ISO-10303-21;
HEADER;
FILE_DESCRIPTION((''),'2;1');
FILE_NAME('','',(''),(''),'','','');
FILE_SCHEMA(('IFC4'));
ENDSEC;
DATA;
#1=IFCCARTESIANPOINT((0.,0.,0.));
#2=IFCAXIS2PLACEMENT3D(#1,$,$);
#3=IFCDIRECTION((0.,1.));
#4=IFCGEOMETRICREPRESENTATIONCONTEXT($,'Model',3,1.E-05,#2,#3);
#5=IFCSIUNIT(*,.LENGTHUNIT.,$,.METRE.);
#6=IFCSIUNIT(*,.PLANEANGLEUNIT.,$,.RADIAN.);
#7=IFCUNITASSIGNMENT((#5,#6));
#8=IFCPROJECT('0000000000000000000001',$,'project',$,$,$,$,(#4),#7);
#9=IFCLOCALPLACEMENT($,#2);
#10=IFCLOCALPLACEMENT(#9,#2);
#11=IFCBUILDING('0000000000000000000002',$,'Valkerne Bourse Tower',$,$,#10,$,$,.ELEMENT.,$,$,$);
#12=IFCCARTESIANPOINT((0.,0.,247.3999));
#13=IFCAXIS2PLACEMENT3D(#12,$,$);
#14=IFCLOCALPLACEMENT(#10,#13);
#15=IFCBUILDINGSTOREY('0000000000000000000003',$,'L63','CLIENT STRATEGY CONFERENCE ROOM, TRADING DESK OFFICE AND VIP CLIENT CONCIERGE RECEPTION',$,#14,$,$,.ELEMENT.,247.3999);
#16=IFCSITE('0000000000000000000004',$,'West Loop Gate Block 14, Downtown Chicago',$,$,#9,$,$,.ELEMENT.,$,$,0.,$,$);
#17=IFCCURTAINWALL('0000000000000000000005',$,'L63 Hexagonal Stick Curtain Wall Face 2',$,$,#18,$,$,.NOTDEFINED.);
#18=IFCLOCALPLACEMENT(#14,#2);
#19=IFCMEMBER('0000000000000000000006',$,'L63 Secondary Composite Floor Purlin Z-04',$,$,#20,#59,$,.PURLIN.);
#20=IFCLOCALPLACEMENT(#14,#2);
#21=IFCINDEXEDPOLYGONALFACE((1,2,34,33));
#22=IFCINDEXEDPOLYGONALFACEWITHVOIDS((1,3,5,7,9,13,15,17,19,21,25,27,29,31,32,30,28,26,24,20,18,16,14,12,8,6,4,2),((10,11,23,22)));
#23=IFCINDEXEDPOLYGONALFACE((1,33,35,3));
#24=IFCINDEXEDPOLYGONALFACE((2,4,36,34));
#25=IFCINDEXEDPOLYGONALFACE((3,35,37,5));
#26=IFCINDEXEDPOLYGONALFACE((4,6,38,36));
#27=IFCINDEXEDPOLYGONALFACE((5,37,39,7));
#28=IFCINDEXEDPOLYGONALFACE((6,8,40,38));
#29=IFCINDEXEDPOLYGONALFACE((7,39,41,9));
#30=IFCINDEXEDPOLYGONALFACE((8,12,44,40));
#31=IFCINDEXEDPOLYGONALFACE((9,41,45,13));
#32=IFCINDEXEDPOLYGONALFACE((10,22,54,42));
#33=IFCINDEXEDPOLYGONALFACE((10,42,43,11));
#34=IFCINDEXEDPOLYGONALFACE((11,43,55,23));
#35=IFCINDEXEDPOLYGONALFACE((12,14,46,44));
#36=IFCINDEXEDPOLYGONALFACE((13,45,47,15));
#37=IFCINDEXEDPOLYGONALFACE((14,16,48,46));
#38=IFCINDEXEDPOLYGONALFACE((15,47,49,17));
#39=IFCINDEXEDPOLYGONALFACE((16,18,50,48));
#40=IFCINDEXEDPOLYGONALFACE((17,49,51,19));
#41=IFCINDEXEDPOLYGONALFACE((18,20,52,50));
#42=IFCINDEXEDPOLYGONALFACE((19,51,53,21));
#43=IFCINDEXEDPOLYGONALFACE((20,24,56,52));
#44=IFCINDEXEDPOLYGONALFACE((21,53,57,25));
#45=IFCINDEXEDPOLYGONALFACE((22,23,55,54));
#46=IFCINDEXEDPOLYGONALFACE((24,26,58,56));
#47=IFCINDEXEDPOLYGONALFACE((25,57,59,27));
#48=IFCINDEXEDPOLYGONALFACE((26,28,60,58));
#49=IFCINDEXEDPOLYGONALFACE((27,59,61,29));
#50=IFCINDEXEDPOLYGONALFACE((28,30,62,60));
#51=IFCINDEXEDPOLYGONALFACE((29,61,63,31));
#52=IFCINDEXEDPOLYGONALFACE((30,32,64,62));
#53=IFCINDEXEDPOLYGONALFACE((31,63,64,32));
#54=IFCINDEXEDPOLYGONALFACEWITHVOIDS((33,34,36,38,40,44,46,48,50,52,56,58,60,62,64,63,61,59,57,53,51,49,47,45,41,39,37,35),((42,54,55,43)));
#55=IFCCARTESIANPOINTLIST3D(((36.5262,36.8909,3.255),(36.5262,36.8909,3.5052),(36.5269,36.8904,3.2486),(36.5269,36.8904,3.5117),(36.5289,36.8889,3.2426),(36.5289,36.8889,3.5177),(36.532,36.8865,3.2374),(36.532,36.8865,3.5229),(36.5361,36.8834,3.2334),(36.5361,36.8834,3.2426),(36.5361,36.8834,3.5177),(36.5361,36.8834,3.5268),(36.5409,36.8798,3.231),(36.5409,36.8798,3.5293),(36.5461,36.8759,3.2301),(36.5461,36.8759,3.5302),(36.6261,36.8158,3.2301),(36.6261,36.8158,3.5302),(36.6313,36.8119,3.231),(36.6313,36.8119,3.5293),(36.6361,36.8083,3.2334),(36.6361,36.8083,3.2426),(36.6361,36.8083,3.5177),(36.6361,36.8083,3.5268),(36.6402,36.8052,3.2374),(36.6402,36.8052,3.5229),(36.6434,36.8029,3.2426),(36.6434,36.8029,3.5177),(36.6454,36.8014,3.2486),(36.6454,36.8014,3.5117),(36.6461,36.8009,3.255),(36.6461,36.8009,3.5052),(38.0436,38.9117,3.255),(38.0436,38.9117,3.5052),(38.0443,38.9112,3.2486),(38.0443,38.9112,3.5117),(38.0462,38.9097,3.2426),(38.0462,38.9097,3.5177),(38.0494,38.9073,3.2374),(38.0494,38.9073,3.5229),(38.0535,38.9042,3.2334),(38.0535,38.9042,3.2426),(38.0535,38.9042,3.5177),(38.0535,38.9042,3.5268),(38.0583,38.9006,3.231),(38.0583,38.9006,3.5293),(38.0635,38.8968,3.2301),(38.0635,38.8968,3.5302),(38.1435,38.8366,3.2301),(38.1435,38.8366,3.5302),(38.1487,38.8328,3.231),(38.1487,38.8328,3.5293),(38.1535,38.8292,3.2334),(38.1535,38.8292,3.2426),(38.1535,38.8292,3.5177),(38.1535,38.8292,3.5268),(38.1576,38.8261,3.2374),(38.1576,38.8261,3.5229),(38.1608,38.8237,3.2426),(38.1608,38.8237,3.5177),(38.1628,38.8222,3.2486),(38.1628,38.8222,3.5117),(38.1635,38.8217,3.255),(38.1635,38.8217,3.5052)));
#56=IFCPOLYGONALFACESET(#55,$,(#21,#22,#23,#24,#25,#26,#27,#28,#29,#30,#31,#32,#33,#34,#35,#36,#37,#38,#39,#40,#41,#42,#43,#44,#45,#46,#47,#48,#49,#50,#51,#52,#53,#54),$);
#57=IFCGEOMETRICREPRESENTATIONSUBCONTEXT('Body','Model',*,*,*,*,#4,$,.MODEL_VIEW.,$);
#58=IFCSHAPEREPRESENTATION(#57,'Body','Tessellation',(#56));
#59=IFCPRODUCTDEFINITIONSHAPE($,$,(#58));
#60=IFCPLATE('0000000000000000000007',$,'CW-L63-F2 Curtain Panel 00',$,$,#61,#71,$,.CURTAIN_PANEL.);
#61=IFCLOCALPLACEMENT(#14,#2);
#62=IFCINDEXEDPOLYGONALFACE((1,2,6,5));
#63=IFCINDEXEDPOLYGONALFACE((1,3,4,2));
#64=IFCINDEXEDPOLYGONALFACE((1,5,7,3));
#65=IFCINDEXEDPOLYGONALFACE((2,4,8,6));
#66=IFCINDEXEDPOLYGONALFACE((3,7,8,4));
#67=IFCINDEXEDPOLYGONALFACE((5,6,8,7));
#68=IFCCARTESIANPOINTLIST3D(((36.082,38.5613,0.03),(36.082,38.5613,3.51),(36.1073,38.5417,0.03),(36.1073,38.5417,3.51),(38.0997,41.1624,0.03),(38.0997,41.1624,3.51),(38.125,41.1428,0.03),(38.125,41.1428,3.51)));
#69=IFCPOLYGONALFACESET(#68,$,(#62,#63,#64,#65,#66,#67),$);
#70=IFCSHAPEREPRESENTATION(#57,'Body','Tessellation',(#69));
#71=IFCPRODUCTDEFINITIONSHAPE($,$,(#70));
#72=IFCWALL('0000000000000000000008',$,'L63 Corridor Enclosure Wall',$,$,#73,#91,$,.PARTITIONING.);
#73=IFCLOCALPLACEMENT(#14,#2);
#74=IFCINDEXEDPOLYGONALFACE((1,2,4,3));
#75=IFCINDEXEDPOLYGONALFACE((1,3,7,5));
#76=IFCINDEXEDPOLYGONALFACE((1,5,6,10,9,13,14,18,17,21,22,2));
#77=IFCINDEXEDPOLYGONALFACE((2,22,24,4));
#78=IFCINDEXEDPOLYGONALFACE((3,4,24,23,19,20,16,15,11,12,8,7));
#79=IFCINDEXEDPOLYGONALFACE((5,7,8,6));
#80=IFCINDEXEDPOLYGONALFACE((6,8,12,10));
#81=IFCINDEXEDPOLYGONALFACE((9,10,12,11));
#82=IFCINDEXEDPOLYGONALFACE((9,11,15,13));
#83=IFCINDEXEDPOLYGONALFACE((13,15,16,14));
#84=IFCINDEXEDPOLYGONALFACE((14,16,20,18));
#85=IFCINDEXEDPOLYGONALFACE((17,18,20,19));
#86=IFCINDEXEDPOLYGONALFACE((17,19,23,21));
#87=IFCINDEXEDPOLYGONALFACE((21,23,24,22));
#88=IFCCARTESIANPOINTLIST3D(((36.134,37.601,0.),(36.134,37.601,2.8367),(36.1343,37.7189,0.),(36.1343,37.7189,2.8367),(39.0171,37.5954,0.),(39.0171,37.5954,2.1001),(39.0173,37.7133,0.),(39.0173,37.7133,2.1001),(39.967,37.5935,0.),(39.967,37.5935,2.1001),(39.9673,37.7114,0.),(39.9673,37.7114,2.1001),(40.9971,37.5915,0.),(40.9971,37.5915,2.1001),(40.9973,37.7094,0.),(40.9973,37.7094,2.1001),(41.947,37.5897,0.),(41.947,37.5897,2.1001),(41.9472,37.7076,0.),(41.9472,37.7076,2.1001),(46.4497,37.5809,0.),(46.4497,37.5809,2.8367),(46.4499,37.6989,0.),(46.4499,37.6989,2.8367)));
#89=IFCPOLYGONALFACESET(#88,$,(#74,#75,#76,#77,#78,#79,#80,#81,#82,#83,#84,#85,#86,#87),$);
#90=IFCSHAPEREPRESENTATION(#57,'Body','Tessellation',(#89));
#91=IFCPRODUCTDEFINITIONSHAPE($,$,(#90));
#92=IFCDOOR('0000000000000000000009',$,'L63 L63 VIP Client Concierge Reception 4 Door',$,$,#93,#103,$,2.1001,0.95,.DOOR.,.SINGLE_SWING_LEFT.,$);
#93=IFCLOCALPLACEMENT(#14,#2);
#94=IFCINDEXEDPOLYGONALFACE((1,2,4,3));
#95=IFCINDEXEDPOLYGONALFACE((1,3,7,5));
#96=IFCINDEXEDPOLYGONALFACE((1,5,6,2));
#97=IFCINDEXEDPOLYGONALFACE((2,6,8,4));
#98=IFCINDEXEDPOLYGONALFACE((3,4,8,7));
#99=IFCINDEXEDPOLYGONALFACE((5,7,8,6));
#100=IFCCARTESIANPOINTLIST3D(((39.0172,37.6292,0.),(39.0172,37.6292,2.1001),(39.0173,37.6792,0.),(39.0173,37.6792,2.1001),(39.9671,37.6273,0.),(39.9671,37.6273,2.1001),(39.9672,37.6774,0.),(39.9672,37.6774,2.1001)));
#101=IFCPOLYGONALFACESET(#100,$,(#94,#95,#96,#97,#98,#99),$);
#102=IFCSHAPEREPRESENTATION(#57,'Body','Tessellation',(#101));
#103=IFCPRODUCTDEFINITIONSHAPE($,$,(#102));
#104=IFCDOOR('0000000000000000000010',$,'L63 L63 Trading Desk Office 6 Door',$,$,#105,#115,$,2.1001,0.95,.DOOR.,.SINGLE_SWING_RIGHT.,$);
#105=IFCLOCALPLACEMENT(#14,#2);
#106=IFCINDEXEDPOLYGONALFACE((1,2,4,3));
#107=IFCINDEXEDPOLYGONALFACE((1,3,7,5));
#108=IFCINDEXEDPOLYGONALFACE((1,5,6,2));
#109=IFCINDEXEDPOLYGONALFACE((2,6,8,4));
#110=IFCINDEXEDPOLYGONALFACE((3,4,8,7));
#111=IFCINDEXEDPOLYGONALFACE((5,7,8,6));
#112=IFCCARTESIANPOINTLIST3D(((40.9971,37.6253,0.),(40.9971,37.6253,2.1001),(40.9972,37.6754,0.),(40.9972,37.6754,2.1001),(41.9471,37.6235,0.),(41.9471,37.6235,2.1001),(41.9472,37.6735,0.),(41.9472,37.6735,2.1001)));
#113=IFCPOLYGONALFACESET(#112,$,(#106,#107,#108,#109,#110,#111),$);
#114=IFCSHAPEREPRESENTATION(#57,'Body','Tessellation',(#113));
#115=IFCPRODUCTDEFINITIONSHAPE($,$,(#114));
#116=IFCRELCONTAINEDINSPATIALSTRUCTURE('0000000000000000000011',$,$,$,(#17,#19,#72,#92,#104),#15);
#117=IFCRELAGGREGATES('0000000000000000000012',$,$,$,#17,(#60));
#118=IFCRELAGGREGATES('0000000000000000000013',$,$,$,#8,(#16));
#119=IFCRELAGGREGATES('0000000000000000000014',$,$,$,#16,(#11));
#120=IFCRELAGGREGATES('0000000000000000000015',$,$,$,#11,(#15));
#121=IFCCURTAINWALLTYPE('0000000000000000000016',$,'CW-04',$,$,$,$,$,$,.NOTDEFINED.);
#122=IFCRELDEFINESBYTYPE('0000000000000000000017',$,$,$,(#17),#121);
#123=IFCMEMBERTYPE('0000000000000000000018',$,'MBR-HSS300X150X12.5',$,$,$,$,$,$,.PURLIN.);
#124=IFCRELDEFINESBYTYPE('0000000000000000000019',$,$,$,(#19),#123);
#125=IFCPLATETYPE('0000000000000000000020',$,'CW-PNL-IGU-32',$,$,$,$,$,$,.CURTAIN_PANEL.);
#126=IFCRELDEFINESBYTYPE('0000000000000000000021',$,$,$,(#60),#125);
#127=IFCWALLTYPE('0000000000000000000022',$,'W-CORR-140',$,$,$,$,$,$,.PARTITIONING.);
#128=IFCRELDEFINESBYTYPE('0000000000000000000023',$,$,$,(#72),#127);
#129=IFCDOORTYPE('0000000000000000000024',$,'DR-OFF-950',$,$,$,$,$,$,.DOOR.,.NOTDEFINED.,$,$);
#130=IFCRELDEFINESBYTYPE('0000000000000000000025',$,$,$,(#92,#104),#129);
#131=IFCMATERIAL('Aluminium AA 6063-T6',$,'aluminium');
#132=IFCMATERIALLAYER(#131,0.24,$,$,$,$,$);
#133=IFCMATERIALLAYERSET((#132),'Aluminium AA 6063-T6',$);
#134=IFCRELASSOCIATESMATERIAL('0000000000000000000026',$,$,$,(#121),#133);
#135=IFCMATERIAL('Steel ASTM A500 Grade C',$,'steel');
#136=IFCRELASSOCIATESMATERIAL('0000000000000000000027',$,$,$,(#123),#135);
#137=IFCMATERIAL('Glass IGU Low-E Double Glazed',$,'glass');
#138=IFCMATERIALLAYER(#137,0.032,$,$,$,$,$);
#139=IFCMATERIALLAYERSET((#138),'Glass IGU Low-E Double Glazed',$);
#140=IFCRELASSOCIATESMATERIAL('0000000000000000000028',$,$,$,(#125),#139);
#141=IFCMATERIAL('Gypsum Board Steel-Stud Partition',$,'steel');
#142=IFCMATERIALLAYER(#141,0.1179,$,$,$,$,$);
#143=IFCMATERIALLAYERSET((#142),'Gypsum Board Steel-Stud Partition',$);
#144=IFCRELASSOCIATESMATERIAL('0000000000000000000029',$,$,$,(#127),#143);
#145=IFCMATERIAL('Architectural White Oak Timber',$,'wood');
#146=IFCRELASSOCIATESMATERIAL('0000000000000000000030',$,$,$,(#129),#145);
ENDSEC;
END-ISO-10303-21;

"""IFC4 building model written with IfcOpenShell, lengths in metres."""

from ifc_helpers import new_model, si_unit, direction, frame, frame_2d, origin, origin_2d, place, context, subcontext, project, spatial, rectangle, hollow_rectangle, extrude, material, layer, layer_set, material_profile, profile_set, type_object, element, fill, aggregate, save


model = new_model("IFC4")

# Units and contexts
model_context = context("Model", 3, precision=1e-05, world=origin(), true_north=direction((0.0, 1.0)))
body_context = subcontext(model_context, "Body", "Model", "MODEL_VIEW")
ifc_project = project(units=[si_unit("LENGTHUNIT", "METRE"), si_unit("PLANEANGLEUNIT", "RADIAN")], contexts=[model_context])

# Site, building, storey
site_placement = place(None, origin())
site = spatial("IfcSite", under=ifc_project, at=site_placement, Name="West Loop Gate Block 14, Downtown Chicago", CompositionType="ELEMENT", RefElevation=0.0)
building_placement = place(site_placement, origin())
building = spatial("IfcBuilding", under=site, at=building_placement, Name="Valkerne Bourse Tower", CompositionType="ELEMENT")
storey_placement = place(building_placement, frame((0.0, 0.0, 247.3999)))
storey = spatial("IfcBuildingStorey", under=building, at=storey_placement, Name="L63", Description="CLIENT STRATEGY CONFERENCE ROOM, TRADING DESK OFFICE AND VIP CLIENT CONCIERGE RECEPTION", CompositionType="ELEMENT", Elevation=247.3999)

# Curtain wall
ifc_material_1 = material(Name="Aluminium AA 6063-T6", Category="aluminium")
ifc_layer_1 = layer(ifc_material_1, 0.24)
ifc_layer_set_1 = layer_set([ifc_layer_1], Name="Aluminium AA 6063-T6")
curtain_wall_type = type_object("IfcCurtainWallType", Name="CW-04", PredefinedType="NOTDEFINED", material=ifc_layer_set_1)
curtain_wall_placement = place(storey_placement, origin())
curtain_wall = element("IfcCurtainWall", 1, at=curtain_wall_placement, inside=storey, type_object=curtain_wall_type, Name="L63 Hexagonal Stick Curtain Wall Face 2", PredefinedType="NOTDEFINED")

# Member
ifc_material_2 = material(Name="Steel ASTM A500 Grade C", Category="steel")
ifc_material_profile_1 = material_profile(ifc_material_2, hollow_rectangle(XDim=0.1499, YDim=0.3, WallThickness=0.0125, OuterFilletRadius=0.0249, at=origin_2d()), Name="HSS300X150X12.5")
ifc_profile_set_1 = profile_set([ifc_material_profile_1], Name="Steel ASTM A500 Grade C")
member_type_1 = type_object("IfcMemberType", Name="MBR-HSS300X150X12.5", PredefinedType="PURLIN", material=ifc_profile_set_1)
member_1_placement = place(storey_placement, frame((38.1035, 38.8667, 3.3801), z_axis=(-0.600448, -0.799664, 0.0), x_axis=(0.799664, -0.600448, 0.0)))
element("IfcMember", 2, at=member_1_placement, inside=storey, type_object=member_type_1, Name="L63 Secondary Composite Floor Purlin Z-04", PredefinedType="PURLIN", context=body_context, shape_type="SweptSolid", body=[
    extrude(hollow_rectangle(XDim=0.1499, YDim=0.3, WallThickness=0.0125, OuterFilletRadius=0.0249, at=origin_2d()), origin(), (0.0, 0.0, 1.0), 2.5271),
])

# Plate
ifc_material_3 = material(Name="Glass IGU Low-E Double Glazed", Category="glass")
ifc_layer_2 = layer(ifc_material_3, 0.032)
ifc_layer_set_2 = layer_set([ifc_layer_2], Name="Glass IGU Low-E Double Glazed")
plate_type = type_object("IfcPlateType", Name="CW-PNL-IGU-32", PredefinedType="CURTAIN_PANEL", material=ifc_layer_set_2)
plate_placement = place(storey_placement, frame((37.1035, 39.8521, 0.03), z_axis=(0.0, 0.0, 1.0), x_axis=(-0.612916, -0.790148, 0.0)))
plate = element("IfcPlate", 3, at=plate_placement, type_object=plate_type, Name="CW-L63-F2 Curtain Panel 00", PredefinedType="CURTAIN_PANEL", context=body_context, shape_type="SweptSolid", body=[
    extrude(rectangle(XDim=3.292, YDim=0.032, at=origin_2d()), origin(), (0.0, 0.0, 1.0), 3.48),
])
aggregate(curtain_wall, [plate])

# Wall, openings, doors
ifc_material_4 = material(Name="Gypsum Board Steel-Stud Partition", Category="steel")
ifc_layer_3 = layer(ifc_material_4, 0.1179)
ifc_layer_set_3 = layer_set([ifc_layer_3], Name="Gypsum Board Steel-Stud Partition")
wall_type = type_object("IfcWallType", Name="W-CORR-140", PredefinedType="PARTITIONING", material=ifc_layer_set_3)
wall_placement = place(storey_placement, frame((36.1343, 37.6599, 0.0), z_axis=(0.0, 0.0, 1.0), x_axis=(0.999998, -0.001941, 0.0)))
wall = element("IfcWall", 4, at=wall_placement, inside=storey, type_object=wall_type, Name="L63 Corridor Enclosure Wall", PredefinedType="PARTITIONING", context=body_context, shape_type="SweptSolid", body=[
    extrude(rectangle(XDim=10.3157, YDim=0.1179, at=frame_2d((5.1577, 0.0))), origin(), (0.0, 0.0, 1.0), 2.8367),
])
opening_1_placement = place(wall_placement, frame((2.8828, 0.0, 0.0)))
opening_1 = element("IfcOpeningElement", 5, at=opening_1_placement, cuts=wall, PredefinedType="OPENING", context=body_context, shape_type="SweptSolid", body=[
    extrude(rectangle(XDim=0.95, YDim=2.1001, at=frame_2d((0.4751, 1.05))), frame((0.0, 0.0688, 0.0), z_axis=(0.0, -1.0, 0.0), x_axis=(1.0, 0.0, 0.0)), (0.0, 0.0, 1.0), 0.1379),
])
opening_2_placement = place(wall_placement, frame((4.8628, 0.0, 0.0)))
opening_2 = element("IfcOpeningElement", 6, at=opening_2_placement, cuts=wall, PredefinedType="OPENING", context=body_context, shape_type="SweptSolid", body=[
    extrude(rectangle(XDim=0.95, YDim=2.1001, at=frame_2d((0.4751, 1.05))), frame((0.0, 0.0688, 0.0), z_axis=(0.0, -1.0, 0.0), x_axis=(1.0, 0.0, 0.0)), (0.0, 0.0, 1.0), 0.1379),
])
ifc_material_5 = material(Name="Architectural White Oak Timber", Category="wood")
door_type = type_object("IfcDoorType", Name="DR-OFF-950", OperationType="NOTDEFINED", PredefinedType="DOOR", material=ifc_material_5)
door_1_placement = place(opening_1_placement, origin())
door_1 = element("IfcDoor", 7, at=door_1_placement, inside=storey, type_object=door_type, Name="L63 L63 VIP Client Concierge Reception 4 Door", OperationType="SINGLE_SWING_LEFT", OverallHeight=2.1001, OverallWidth=0.95, PredefinedType="DOOR", context=body_context, shape_type="SweptSolid", body=[
    extrude(rectangle(XDim=0.95, YDim=2.1001, at=frame_2d((0.4751, 1.05))), frame((0.0, 0.0249, 0.0), z_axis=(0.0, -1.0, 0.0), x_axis=(1.0, 0.0, 0.0)), (0.0, 0.0, 1.0), 0.05),
])
fill(opening_1, door_1)
door_2_placement = place(opening_2_placement, origin())
door_2 = element("IfcDoor", 8, at=door_2_placement, inside=storey, type_object=door_type, Name="L63 L63 Trading Desk Office 6 Door", OperationType="SINGLE_SWING_RIGHT", OverallHeight=2.1001, OverallWidth=0.95, PredefinedType="DOOR", context=body_context, shape_type="SweptSolid", body=[
    extrude(rectangle(XDim=0.95, YDim=2.1001, at=frame_2d((0.4751, 1.05))), frame((0.0, 0.0249, 0.0), z_axis=(0.0, -1.0, 0.0), x_axis=(1.0, 0.0, 0.0)), (0.0, 0.0, 1.0), 0.05),
])
fill(opening_2, door_2)

save(model, "model.ifc")
